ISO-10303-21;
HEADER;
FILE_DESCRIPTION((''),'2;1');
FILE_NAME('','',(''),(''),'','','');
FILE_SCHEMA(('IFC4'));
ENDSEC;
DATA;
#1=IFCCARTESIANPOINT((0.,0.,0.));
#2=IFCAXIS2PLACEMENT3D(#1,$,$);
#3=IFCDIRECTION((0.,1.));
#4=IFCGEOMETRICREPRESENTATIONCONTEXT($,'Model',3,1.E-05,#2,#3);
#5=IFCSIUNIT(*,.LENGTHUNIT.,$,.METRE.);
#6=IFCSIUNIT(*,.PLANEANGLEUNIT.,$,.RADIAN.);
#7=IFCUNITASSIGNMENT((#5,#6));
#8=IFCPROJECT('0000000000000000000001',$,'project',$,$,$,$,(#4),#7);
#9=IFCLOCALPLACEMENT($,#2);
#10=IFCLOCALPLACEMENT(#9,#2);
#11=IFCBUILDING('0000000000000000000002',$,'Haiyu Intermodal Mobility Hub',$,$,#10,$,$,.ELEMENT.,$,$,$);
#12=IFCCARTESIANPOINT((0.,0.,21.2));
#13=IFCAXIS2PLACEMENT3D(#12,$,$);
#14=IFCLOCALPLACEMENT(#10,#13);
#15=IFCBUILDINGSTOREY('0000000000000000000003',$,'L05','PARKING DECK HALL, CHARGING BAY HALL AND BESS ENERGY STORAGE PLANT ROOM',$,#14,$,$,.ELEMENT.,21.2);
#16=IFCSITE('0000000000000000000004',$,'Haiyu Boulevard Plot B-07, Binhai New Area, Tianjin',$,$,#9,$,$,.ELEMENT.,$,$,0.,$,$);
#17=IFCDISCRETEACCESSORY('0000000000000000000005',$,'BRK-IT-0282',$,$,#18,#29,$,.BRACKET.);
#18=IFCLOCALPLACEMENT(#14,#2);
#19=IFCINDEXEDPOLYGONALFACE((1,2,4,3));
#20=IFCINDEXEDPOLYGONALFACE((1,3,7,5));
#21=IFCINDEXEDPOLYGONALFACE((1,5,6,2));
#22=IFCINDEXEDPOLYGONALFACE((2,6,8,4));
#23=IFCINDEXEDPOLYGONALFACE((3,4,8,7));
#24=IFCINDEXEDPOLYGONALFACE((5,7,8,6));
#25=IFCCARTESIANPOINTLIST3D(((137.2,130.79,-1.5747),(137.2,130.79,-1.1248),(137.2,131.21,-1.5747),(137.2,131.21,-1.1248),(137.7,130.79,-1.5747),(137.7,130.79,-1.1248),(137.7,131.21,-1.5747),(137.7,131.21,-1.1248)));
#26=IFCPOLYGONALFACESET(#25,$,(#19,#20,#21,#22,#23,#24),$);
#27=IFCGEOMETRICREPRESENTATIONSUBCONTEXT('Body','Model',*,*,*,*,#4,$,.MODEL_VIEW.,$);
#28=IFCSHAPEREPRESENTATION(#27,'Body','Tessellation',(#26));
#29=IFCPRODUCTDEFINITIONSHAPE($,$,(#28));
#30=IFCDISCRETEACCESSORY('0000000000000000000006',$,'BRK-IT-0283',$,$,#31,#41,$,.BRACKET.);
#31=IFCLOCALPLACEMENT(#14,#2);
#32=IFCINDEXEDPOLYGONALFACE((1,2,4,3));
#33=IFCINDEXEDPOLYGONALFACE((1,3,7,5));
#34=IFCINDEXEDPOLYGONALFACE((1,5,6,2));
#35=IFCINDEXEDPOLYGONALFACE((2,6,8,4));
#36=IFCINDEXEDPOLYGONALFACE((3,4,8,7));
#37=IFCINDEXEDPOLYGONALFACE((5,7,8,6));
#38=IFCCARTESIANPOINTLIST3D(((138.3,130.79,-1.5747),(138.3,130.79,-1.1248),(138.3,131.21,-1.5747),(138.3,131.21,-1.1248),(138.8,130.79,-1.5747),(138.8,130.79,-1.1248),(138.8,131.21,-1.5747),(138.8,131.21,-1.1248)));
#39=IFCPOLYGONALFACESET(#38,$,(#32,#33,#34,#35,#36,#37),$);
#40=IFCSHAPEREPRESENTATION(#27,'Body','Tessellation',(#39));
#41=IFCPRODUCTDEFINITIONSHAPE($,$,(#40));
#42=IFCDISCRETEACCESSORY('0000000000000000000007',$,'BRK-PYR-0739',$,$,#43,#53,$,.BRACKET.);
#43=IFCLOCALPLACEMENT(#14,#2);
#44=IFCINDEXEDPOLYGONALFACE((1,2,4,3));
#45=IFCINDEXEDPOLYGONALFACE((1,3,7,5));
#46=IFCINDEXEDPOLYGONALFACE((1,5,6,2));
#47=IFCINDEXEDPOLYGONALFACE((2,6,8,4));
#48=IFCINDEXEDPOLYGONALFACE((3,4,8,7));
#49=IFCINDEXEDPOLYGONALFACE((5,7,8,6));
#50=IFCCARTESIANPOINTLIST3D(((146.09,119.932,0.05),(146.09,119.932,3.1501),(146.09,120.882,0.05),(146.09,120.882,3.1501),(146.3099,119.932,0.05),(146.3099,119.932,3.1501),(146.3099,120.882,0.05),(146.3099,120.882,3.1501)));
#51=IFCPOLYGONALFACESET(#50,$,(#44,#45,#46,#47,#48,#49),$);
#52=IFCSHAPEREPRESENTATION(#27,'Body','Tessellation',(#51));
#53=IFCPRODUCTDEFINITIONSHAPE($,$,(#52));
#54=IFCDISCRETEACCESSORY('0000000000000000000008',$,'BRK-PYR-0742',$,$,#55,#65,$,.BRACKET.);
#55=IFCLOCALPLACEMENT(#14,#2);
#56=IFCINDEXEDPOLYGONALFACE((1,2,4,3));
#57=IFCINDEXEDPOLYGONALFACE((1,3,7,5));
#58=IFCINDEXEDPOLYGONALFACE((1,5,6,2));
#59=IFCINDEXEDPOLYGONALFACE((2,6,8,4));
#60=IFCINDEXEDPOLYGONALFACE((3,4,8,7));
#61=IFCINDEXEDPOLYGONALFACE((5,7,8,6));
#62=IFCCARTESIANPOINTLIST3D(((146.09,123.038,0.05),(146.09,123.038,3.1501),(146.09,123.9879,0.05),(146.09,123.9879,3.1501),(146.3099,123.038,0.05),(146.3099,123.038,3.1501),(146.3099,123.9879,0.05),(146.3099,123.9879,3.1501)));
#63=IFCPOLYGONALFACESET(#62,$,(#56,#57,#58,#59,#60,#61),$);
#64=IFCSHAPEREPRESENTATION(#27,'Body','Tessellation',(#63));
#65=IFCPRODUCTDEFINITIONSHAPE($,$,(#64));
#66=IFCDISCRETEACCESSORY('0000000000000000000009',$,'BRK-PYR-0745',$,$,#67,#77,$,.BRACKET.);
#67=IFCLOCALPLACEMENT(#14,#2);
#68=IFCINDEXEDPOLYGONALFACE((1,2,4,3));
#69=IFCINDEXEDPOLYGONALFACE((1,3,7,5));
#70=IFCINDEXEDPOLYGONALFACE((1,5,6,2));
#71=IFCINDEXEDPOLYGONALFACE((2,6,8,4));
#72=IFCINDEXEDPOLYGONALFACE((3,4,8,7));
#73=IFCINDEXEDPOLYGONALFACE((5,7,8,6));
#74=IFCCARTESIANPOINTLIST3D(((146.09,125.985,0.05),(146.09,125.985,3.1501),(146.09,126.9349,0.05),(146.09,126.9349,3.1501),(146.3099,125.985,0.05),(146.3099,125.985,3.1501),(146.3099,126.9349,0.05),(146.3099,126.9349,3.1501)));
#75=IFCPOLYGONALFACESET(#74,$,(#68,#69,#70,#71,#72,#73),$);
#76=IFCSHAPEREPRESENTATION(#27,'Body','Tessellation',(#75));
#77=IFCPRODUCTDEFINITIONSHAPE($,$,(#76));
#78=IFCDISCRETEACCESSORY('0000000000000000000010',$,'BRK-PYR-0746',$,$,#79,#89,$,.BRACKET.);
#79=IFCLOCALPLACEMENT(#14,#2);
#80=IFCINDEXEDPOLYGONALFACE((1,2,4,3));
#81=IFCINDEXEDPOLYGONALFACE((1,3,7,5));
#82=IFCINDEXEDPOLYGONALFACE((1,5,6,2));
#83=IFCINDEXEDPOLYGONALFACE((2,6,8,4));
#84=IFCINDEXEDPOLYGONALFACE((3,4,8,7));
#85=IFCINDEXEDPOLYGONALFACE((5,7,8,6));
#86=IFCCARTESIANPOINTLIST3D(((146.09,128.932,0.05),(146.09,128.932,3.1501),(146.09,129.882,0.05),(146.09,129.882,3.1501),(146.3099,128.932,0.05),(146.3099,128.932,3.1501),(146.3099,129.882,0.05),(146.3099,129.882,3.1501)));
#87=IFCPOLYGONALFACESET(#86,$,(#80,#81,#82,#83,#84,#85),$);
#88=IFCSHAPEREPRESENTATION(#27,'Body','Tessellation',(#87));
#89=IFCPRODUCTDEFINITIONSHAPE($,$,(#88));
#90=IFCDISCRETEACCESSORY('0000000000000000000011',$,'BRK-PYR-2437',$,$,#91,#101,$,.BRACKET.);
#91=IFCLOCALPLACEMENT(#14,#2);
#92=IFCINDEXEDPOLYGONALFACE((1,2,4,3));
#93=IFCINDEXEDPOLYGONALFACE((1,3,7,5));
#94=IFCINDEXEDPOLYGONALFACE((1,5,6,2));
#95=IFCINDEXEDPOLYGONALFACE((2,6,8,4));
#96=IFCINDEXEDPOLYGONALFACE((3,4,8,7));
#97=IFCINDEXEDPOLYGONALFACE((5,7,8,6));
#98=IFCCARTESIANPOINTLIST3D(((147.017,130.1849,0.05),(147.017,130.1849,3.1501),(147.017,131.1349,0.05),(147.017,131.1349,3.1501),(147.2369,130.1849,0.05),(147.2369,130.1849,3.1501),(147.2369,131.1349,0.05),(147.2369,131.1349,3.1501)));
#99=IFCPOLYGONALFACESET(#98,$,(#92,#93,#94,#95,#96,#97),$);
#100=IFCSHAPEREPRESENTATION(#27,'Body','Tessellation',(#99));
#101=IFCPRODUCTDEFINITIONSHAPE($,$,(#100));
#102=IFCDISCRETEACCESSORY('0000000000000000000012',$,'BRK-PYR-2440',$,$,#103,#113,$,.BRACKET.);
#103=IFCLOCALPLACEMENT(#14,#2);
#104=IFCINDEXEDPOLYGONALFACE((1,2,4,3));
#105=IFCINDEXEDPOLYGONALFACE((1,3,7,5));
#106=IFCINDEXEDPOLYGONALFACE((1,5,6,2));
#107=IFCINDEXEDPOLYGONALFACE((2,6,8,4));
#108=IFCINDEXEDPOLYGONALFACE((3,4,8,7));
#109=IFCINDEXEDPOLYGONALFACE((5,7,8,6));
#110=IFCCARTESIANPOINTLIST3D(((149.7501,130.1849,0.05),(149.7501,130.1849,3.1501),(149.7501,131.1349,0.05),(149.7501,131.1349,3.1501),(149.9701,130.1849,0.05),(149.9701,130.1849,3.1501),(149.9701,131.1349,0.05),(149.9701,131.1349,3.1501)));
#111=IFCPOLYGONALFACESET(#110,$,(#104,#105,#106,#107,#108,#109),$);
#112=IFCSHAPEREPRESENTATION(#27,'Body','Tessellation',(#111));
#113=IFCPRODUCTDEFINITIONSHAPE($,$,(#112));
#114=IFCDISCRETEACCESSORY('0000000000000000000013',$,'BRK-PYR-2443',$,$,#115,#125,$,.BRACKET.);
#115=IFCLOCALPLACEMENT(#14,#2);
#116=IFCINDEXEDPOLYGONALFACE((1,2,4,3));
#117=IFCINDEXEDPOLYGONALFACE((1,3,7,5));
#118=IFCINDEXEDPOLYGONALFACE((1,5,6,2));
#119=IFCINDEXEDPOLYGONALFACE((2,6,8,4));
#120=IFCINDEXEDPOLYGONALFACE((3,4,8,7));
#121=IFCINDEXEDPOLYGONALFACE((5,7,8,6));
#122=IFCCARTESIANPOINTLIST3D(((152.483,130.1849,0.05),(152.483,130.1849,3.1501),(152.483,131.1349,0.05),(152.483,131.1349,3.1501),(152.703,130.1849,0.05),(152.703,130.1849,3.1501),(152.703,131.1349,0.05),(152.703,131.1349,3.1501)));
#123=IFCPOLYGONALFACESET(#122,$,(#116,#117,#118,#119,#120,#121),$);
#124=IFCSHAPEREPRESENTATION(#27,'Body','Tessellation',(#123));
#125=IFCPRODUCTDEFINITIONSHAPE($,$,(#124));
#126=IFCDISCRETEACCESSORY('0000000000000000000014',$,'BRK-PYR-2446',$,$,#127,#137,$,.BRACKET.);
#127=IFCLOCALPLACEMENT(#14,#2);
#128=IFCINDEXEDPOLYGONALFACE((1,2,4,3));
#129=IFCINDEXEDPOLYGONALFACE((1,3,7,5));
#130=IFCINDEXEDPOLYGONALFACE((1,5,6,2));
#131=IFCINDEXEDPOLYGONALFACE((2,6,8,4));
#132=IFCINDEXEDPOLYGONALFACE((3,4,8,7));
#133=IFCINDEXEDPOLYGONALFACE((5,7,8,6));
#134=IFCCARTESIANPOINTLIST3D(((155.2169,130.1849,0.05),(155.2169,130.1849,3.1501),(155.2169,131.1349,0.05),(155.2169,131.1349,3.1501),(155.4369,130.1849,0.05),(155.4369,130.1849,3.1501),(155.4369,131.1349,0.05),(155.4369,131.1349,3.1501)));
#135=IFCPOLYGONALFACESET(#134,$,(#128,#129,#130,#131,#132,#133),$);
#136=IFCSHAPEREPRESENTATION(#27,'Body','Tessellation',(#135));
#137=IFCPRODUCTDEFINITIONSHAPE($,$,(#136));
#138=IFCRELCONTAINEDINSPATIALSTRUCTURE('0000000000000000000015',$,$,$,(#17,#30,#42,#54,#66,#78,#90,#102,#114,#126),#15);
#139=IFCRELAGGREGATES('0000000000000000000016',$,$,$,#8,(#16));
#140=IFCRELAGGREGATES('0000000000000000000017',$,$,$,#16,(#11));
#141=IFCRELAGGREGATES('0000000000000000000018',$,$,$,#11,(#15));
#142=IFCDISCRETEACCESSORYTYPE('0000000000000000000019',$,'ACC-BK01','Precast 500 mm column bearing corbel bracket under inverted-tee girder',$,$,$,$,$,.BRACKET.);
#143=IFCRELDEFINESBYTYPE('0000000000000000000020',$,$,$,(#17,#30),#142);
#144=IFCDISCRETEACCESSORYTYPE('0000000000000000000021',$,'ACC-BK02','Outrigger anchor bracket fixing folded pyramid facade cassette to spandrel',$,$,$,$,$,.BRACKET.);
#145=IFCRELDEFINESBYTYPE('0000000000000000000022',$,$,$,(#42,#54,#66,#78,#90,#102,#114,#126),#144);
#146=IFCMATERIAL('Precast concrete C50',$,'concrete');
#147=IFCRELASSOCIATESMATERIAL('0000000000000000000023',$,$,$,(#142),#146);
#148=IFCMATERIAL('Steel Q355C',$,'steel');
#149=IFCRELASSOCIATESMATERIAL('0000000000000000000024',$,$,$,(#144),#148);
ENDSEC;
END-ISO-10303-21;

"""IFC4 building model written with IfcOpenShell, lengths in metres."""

from ifc_helpers import new_model, si_unit, direction, frame, origin, origin_2d, place, context, subcontext, project, spatial, rectangle, extrude, material, type_object, element, save


model = new_model("IFC4")

# Units and contexts
model_context = context("Model", 3, precision=1e-05, world=origin(), true_north=direction((0.0, 1.0)))
body_context = subcontext(model_context, "Body", "Model", "MODEL_VIEW")
ifc_project = project(units=[si_unit("LENGTHUNIT", "METRE"), si_unit("PLANEANGLEUNIT", "RADIAN")], contexts=[model_context])

# Site, building, storey
site_placement = place(None, origin())
site = spatial("IfcSite", under=ifc_project, at=site_placement, Name="Haiyu Boulevard Plot B-07, Binhai New Area, Tianjin", CompositionType="ELEMENT", RefElevation=0.0)
building_placement = place(site_placement, origin())
building = spatial("IfcBuilding", under=site, at=building_placement, Name="Haiyu Intermodal Mobility Hub", CompositionType="ELEMENT")
storey_placement = place(building_placement, frame((0.0, 0.0, 21.2)))
storey = spatial("IfcBuildingStorey", under=building, at=storey_placement, Name="L05", Description="PARKING DECK HALL, CHARGING BAY HALL AND BESS ENERGY STORAGE PLANT ROOM", CompositionType="ELEMENT", Elevation=21.2)

# Shared definitions
ifc_material_1 = material(Name="Precast concrete C50", Category="concrete")

# Shared definitions
ifc_material_2 = material(Name="Steel Q355C", Category="steel")

# Discrete accessories
discrete_accessory_type_1 = type_object("IfcDiscreteAccessoryType", Name="ACC-BK01", Description="Precast 500 mm column bearing corbel bracket under inverted-tee girder", PredefinedType="BRACKET", material=ifc_material_1)
for number, where, z_axis, x_axis, name in (
    (1, (137.45, 131.0, -1.5747), (0.0, 0.0, 1.0), (1.0, 0.0, 0.0), "BRK-IT-0282"),
    (2, (138.55, 131.0, -1.5747), (0.0, 0.0, 1.0), (1.0, 0.0, 0.0), "BRK-IT-0283"),
):
    element("IfcDiscreteAccessory", number, at=place(storey_placement, frame(where, z_axis=z_axis, x_axis=x_axis)), inside=storey, type_object=discrete_accessory_type_1, Name=name, PredefinedType="BRACKET", context=body_context, shape_type="SweptSolid", body=[
        extrude(rectangle(XDim=0.5, YDim=0.4199, at=origin_2d()), origin(), (0.0, 0.0, 1.0), 0.45),
    ])
discrete_accessory_type_2 = type_object("IfcDiscreteAccessoryType", Name="ACC-BK02", Description="Outrigger anchor bracket fixing folded pyramid facade cassette to spandrel", PredefinedType="BRACKET", material=ifc_material_2)
for number, where, z_axis, x_axis, name in (
    (3, (146.2, 120.407, 0.05), (0.0, 0.0, 1.0), (1.0, 0.0, 0.0), "BRK-PYR-0739"),
    (4, (146.2, 123.5129, 0.05), (0.0, 0.0, 1.0), (1.0, 0.0, 0.0), "BRK-PYR-0742"),
    (5, (146.2, 126.46, 0.05), (0.0, 0.0, 1.0), (1.0, 0.0, 0.0), "BRK-PYR-0745"),
    (6, (146.2, 129.407, 0.05), (0.0, 0.0, 1.0), (1.0, 0.0, 0.0), "BRK-PYR-0746"),
    (7, (147.127, 130.6599, 0.05), (0.0, 0.0, 1.0), (1.0, 0.0, 0.0), "BRK-PYR-2437"),
    (8, (149.8601, 130.6599, 0.05), (0.0, 0.0, 1.0), (1.0, 0.0, 0.0), "BRK-PYR-2440"),
    (9, (152.593, 130.6599, 0.05), (0.0, 0.0, 1.0), (1.0, 0.0, 0.0), "BRK-PYR-2443"),
    (10, (155.3269, 130.6599, 0.05), (0.0, 0.0, 1.0), (1.0, 0.0, 0.0), "BRK-PYR-2446"),
):
    element("IfcDiscreteAccessory", number, at=place(storey_placement, frame(where, z_axis=z_axis, x_axis=x_axis)), inside=storey, type_object=discrete_accessory_type_2, Name=name, PredefinedType="BRACKET", context=body_context, shape_type="SweptSolid", body=[
        extrude(rectangle(XDim=0.22, YDim=0.95, at=origin_2d()), origin(), (0.0, 0.0, 1.0), 3.1001),
    ])

save(model, "model.ifc")
